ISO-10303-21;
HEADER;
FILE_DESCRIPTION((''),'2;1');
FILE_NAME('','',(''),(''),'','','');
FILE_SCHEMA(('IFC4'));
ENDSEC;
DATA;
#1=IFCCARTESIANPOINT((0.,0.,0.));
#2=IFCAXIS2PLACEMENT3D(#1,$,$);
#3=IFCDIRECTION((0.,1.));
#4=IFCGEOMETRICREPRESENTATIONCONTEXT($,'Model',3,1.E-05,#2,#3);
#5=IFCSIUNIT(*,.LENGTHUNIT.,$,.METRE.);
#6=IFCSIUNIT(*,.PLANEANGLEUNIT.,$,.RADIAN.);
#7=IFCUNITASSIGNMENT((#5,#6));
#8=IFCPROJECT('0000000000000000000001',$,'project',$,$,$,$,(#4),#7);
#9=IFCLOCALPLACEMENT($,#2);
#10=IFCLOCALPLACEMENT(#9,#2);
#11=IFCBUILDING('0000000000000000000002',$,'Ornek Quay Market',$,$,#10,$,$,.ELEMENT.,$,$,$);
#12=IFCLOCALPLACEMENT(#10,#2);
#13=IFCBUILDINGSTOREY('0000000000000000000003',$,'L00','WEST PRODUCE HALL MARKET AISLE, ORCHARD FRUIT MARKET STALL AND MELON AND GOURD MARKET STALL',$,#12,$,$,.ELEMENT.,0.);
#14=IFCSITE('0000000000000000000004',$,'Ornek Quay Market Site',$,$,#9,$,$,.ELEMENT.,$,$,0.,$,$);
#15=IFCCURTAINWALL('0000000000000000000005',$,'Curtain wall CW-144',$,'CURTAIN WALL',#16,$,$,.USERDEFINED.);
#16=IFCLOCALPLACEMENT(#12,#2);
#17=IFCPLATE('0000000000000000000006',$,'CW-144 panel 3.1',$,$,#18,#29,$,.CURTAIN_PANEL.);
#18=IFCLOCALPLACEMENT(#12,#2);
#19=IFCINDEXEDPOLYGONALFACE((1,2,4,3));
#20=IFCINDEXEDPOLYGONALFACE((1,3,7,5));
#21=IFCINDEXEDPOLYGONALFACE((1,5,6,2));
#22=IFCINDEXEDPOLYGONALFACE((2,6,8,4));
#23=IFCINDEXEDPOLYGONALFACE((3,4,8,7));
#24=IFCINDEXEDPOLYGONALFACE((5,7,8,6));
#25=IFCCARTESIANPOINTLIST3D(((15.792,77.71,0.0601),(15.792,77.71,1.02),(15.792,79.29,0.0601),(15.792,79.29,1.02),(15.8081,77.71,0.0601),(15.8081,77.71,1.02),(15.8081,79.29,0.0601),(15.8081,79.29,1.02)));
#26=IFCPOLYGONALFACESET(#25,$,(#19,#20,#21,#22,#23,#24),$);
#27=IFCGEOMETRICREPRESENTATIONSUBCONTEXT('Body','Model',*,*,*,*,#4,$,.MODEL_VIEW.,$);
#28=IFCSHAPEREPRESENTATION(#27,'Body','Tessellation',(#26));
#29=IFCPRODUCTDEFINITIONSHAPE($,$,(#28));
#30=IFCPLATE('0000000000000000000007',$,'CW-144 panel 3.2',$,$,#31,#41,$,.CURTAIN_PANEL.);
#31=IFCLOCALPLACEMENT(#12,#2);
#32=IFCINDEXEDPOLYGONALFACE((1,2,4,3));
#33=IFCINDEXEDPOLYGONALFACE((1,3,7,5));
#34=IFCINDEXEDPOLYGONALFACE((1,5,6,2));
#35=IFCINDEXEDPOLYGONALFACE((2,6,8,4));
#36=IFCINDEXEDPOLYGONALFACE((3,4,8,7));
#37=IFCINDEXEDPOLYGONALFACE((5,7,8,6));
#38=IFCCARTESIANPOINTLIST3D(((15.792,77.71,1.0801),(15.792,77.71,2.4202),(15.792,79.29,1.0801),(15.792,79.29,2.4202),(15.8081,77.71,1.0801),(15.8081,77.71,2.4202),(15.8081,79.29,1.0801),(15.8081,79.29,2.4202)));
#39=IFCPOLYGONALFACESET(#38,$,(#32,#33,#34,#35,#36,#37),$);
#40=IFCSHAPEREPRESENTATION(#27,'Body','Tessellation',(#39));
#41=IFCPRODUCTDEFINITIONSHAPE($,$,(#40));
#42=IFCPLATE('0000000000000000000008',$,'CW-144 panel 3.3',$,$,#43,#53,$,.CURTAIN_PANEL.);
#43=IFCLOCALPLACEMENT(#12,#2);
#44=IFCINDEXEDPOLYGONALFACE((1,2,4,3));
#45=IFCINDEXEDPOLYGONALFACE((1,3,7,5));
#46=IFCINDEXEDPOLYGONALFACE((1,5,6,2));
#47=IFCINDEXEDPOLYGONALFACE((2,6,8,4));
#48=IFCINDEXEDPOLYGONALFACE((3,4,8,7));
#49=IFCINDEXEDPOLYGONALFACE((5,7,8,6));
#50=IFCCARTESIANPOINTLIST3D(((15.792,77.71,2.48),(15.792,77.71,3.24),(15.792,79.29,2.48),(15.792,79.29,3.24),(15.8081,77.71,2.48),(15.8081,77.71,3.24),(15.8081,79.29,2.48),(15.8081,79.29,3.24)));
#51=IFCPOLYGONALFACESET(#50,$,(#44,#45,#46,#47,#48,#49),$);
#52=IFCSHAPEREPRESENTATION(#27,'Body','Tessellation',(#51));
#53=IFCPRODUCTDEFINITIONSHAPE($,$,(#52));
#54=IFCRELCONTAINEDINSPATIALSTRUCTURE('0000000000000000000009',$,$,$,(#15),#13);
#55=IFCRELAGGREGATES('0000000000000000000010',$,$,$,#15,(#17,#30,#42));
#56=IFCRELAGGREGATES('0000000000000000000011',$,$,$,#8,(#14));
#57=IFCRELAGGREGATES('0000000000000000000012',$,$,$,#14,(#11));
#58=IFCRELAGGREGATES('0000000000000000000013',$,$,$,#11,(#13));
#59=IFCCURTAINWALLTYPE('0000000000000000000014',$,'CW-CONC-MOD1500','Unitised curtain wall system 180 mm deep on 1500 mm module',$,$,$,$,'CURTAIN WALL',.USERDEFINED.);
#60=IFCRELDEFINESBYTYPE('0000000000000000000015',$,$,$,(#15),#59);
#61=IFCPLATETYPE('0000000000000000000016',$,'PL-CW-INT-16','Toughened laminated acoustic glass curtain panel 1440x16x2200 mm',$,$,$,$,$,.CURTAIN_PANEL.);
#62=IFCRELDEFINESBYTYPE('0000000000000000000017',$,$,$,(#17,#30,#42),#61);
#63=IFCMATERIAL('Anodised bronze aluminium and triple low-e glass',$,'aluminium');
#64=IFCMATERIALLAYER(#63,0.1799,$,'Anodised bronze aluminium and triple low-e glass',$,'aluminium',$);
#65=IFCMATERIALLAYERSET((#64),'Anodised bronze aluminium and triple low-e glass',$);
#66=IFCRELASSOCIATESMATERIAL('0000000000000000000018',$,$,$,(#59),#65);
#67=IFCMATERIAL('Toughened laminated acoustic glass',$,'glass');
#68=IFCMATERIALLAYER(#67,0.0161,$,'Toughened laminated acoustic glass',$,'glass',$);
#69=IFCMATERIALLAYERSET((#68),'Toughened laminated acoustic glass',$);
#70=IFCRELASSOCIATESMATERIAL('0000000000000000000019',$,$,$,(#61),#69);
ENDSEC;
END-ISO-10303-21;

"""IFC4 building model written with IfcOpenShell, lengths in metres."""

from ifc_helpers import new_model, si_unit, direction, frame, origin, origin_2d, place, context, subcontext, project, spatial, rectangle, extrude, material, layer, layer_set, type_object, element, aggregate, save


model = new_model("IFC4")

# Units and contexts
model_context = context("Model", 3, precision=1e-05, world=origin(), true_north=direction((0.0, 1.0)))
body_context = subcontext(model_context, "Body", "Model", "MODEL_VIEW")
ifc_project = project(units=[si_unit("LENGTHUNIT", "METRE"), si_unit("PLANEANGLEUNIT", "RADIAN")], contexts=[model_context])

# Site, building, storey
site_placement = place(None, origin())
site = spatial("IfcSite", under=ifc_project, at=site_placement, Name="Ornek Quay Market Site", CompositionType="ELEMENT", RefElevation=0.0)
building_placement = place(site_placement, origin())
building = spatial("IfcBuilding", under=site, at=building_placement, Name="Ornek Quay Market", CompositionType="ELEMENT")
storey_placement = place(building_placement, origin())
storey = spatial("IfcBuildingStorey", under=building, at=storey_placement, Name="L00", Description="WEST PRODUCE HALL MARKET AISLE, ORCHARD FRUIT MARKET STALL AND MELON AND GOURD MARKET STALL", CompositionType="ELEMENT", Elevation=0.0)

# Curtain wall
ifc_material_1 = material(Name="Anodised bronze aluminium and triple low-e glass", Category="aluminium")
ifc_layer_1 = layer(ifc_material_1, 0.1799, Name="Anodised bronze aluminium and triple low-e glass", Category="aluminium")
ifc_layer_set_1 = layer_set([ifc_layer_1], Name="Anodised bronze aluminium and triple low-e glass")
curtain_wall_type = type_object("IfcCurtainWallType", Name="CW-CONC-MOD1500", Description="Unitised curtain wall system 180 mm deep on 1500 mm module", ElementType="CURTAIN WALL", PredefinedType="USERDEFINED", material=ifc_layer_set_1)
curtain_wall_1_placement = place(storey_placement, origin())
curtain_wall_1 = element("IfcCurtainWall", 1, at=curtain_wall_1_placement, inside=storey, type_object=curtain_wall_type, Name="Curtain wall CW-144", ObjectType="CURTAIN WALL", PredefinedType="USERDEFINED")

# Plates
ifc_material_2 = material(Name="Toughened laminated acoustic glass", Category="glass")
ifc_layer_2 = layer(ifc_material_2, 0.0161, Name="Toughened laminated acoustic glass", Category="glass")
ifc_layer_set_2 = layer_set([ifc_layer_2], Name="Toughened laminated acoustic glass")
plate_type = type_object("IfcPlateType", Name="PL-CW-INT-16", Description="Toughened laminated acoustic glass curtain panel 1440x16x2200 mm", PredefinedType="CURTAIN_PANEL", material=ifc_layer_set_2)
plate_1_placement = place(storey_placement, frame((15.8, 78.5, 0.0601), z_axis=(0.0, 0.0, 1.0), x_axis=(0.0, 1.0, 0.0)))
plate_1 = element("IfcPlate", 2, at=plate_1_placement, type_object=plate_type, Name="CW-144 panel 3.1", PredefinedType="CURTAIN_PANEL", context=body_context, shape_type="SweptSolid", body=[
    extrude(rectangle(XDim=1.5801, YDim=0.0161, at=origin_2d()), origin(), (0.0, 0.0, 1.0), 0.96),
])
plate_2_placement = place(storey_placement, frame((15.8, 78.5, 1.0801), z_axis=(0.0, 0.0, 1.0), x_axis=(0.0, 1.0, 0.0)))
plate_2 = element("IfcPlate", 3, at=plate_2_placement, type_object=plate_type, Name="CW-144 panel 3.2", PredefinedType="CURTAIN_PANEL", context=body_context, shape_type="SweptSolid", body=[
    extrude(rectangle(XDim=1.5801, YDim=0.0161, at=origin_2d()), origin(), (0.0, 0.0, 1.0), 1.3401),
])
plate_3_placement = place(storey_placement, frame((15.8, 78.5, 2.48), z_axis=(0.0, 0.0, 1.0), x_axis=(0.0, 1.0, 0.0)))
plate_3 = element("IfcPlate", 4, at=plate_3_placement, type_object=plate_type, Name="CW-144 panel 3.3", PredefinedType="CURTAIN_PANEL", context=body_context, shape_type="SweptSolid", body=[
    extrude(rectangle(XDim=1.5801, YDim=0.0161, at=origin_2d()), origin(), (0.0, 0.0, 1.0), 0.76),
])
aggregate(curtain_wall_1, [plate_1, plate_2, plate_3])

save(model, "model.ifc")
